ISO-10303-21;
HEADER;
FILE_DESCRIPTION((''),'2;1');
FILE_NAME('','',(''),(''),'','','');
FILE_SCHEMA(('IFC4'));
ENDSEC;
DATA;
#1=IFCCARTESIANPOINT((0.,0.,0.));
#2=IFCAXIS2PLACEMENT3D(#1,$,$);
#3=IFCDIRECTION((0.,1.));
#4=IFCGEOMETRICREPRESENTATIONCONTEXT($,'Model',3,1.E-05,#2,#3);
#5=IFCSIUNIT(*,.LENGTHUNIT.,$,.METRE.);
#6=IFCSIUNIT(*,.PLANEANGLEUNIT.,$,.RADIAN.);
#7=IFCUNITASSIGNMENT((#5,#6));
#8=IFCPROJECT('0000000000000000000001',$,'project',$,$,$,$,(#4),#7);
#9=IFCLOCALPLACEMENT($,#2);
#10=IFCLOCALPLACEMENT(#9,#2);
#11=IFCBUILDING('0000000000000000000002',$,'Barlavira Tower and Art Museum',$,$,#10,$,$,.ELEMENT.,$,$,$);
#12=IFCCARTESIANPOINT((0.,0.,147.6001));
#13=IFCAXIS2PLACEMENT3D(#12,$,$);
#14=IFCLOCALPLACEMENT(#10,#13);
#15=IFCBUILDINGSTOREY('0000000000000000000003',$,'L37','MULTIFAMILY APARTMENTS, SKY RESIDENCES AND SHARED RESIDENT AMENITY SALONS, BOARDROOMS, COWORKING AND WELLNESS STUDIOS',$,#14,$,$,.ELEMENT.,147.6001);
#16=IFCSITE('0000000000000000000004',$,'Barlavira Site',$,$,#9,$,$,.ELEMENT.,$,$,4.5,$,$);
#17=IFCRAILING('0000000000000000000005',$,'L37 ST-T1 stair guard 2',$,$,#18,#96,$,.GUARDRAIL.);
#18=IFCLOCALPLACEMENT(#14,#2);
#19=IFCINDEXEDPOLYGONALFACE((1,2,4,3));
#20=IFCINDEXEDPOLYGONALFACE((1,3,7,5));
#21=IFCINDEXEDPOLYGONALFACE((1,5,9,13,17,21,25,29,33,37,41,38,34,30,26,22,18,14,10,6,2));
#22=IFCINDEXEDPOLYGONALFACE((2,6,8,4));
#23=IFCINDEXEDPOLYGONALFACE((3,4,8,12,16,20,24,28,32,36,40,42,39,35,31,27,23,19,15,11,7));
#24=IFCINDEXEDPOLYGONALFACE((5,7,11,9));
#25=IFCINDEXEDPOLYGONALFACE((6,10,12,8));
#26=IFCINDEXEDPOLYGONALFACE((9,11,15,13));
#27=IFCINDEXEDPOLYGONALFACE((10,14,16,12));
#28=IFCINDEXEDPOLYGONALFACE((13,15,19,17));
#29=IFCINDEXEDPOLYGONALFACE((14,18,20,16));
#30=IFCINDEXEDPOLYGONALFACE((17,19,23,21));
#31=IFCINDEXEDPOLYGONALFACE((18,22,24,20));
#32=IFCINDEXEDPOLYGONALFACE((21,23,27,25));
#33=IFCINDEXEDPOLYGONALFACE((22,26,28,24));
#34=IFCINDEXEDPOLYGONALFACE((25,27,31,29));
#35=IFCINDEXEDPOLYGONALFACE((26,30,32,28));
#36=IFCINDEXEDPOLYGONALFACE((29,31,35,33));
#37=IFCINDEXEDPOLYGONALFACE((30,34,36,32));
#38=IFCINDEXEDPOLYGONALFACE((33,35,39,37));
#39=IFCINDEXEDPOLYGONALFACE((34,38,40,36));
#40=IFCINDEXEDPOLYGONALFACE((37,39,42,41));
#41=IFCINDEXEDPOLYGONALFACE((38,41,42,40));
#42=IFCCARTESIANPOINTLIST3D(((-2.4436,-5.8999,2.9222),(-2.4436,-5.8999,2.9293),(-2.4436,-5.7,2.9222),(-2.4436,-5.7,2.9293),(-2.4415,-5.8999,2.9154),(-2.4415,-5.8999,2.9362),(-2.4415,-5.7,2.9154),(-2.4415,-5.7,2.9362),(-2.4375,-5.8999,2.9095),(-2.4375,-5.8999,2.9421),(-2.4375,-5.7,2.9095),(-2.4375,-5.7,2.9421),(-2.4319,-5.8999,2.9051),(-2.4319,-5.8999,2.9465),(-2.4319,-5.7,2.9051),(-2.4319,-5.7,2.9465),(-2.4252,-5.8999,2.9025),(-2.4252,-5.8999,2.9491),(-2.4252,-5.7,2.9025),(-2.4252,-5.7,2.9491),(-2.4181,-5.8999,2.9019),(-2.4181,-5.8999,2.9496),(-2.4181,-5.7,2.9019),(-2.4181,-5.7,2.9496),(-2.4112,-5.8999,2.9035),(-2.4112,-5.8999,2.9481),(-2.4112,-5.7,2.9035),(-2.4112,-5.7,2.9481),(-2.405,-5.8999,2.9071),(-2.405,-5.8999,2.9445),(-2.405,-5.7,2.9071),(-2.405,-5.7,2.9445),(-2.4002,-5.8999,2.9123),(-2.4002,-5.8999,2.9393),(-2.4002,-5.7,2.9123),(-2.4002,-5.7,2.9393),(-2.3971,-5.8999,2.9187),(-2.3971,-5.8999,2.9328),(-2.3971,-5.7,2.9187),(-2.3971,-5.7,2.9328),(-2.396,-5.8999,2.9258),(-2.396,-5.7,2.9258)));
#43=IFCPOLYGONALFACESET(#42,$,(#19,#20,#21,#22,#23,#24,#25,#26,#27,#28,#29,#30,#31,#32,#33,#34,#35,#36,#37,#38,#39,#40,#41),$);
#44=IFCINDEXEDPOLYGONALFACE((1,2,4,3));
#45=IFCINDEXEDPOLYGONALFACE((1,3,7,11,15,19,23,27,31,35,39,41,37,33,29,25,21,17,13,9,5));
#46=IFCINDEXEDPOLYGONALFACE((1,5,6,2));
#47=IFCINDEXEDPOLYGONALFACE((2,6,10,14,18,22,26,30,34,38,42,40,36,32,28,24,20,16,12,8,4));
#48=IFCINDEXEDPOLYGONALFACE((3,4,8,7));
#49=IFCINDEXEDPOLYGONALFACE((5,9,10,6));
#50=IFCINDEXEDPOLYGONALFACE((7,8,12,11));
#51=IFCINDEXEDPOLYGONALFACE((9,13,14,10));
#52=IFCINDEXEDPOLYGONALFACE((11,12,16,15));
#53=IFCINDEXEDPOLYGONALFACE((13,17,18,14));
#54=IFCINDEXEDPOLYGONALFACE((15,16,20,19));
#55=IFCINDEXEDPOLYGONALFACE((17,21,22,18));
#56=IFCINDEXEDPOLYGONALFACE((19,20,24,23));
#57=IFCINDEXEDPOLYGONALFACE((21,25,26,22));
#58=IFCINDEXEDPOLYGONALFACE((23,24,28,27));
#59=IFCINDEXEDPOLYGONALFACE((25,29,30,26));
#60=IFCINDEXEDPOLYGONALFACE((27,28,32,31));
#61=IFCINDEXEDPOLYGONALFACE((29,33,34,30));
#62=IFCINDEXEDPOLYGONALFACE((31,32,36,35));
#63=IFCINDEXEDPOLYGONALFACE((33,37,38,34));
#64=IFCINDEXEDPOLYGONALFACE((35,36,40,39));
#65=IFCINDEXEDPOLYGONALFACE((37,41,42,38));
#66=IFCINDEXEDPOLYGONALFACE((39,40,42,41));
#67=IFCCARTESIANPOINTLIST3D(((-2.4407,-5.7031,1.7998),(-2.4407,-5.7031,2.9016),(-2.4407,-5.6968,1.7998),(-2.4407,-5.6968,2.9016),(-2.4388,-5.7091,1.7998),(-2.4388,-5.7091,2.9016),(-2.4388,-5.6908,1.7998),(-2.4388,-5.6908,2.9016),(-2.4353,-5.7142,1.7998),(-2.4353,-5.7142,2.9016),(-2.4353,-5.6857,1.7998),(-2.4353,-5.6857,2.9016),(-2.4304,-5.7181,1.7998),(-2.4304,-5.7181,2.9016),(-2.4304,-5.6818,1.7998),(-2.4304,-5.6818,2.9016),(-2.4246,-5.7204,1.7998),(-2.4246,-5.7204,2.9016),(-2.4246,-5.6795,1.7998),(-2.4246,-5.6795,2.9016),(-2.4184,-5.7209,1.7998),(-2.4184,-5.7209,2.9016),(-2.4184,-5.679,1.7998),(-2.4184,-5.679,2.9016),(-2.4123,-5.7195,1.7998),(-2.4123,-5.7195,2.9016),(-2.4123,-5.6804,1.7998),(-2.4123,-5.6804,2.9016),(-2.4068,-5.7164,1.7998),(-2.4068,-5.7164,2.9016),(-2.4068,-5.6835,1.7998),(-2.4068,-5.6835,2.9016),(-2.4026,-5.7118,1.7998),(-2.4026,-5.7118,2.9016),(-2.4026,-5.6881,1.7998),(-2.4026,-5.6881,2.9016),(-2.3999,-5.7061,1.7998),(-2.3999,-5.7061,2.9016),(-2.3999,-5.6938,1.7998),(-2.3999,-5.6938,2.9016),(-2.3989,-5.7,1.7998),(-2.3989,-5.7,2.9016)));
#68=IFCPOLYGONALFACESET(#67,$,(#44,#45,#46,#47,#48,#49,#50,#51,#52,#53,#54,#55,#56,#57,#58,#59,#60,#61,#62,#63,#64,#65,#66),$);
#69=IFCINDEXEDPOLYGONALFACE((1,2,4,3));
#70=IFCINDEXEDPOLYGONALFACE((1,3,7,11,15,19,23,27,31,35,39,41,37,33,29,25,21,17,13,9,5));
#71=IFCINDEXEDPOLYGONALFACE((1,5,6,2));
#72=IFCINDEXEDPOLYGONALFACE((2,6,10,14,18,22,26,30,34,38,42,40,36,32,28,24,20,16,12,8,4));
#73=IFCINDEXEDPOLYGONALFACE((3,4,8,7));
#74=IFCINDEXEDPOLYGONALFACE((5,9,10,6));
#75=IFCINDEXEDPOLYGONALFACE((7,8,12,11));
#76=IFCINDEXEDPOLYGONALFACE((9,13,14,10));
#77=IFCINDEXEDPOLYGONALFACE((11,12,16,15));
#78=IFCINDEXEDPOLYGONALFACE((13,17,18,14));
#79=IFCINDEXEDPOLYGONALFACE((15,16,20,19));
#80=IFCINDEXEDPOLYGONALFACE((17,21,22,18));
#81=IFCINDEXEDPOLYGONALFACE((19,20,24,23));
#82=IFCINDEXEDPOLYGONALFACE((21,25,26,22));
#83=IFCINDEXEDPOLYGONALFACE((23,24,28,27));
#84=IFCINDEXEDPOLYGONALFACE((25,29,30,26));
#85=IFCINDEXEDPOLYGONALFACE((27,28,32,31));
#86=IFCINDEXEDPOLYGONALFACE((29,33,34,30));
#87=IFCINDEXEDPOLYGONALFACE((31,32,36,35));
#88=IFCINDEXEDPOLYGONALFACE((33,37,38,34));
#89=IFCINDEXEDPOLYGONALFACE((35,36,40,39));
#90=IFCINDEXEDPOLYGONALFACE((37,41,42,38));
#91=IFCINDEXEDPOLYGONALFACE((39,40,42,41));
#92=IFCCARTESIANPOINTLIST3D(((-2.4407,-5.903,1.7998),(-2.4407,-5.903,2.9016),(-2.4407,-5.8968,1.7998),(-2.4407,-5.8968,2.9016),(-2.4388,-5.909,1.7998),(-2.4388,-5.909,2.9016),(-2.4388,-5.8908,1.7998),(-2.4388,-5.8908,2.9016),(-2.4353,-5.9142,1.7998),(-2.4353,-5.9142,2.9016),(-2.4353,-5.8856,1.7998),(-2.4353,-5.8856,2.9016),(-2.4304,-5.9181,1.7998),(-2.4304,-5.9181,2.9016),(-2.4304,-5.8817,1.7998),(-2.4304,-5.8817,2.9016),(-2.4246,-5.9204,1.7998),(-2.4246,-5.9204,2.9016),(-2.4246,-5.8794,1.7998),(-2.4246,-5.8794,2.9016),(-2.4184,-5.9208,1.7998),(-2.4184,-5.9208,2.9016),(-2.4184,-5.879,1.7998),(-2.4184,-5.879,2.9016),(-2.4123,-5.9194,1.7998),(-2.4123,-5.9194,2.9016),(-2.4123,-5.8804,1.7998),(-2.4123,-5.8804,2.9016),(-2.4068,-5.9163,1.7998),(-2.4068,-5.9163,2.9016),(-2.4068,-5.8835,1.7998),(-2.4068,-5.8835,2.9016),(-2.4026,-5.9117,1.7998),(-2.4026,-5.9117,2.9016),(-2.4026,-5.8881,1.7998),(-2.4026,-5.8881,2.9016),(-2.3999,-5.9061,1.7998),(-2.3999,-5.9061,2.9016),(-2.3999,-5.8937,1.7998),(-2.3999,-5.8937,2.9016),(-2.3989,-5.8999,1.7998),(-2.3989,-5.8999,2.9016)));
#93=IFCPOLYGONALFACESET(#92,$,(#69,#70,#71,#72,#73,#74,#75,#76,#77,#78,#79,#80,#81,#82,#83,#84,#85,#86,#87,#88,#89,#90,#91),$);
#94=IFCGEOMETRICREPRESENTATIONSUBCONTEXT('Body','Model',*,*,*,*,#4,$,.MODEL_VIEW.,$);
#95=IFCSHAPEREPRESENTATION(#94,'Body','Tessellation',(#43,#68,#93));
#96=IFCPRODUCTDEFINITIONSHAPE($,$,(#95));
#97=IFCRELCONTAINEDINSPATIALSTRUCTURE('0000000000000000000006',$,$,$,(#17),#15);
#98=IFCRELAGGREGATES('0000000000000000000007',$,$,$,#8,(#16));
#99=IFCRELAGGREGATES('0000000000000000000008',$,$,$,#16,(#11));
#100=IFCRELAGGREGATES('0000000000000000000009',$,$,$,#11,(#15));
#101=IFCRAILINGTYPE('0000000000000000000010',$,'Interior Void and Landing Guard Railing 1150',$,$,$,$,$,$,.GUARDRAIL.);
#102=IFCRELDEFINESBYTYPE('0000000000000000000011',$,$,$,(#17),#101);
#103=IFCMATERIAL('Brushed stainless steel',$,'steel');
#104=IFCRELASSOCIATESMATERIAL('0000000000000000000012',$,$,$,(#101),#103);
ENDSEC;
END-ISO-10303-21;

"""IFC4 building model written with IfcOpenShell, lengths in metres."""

from ifc_helpers import new_model, si_unit, direction, frame, origin, origin_2d, place, context, subcontext, project, spatial, circle, extrude, material, type_object, element, save


model = new_model("IFC4")

# Units and contexts
model_context = context("Model", 3, precision=1e-05, world=origin(), true_north=direction((0.0, 1.0)))
body_context = subcontext(model_context, "Body", "Model", "MODEL_VIEW")
ifc_project = project(units=[si_unit("LENGTHUNIT", "METRE"), si_unit("PLANEANGLEUNIT", "RADIAN")], contexts=[model_context])

# Site, building, storey
site_placement = place(None, origin())
site = spatial("IfcSite", under=ifc_project, at=site_placement, Name="Barlavira Site", CompositionType="ELEMENT", RefElevation=4.5)
building_placement = place(site_placement, origin())
building = spatial("IfcBuilding", under=site, at=building_placement, Name="Barlavira Tower and Art Museum", CompositionType="ELEMENT")
storey_placement = place(building_placement, frame((0.0, 0.0, 147.6001)))
storey = spatial("IfcBuildingStorey", under=building, at=storey_placement, Name="L37", Description="MULTIFAMILY APARTMENTS, SKY RESIDENCES AND SHARED RESIDENT AMENITY SALONS, BOARDROOMS, COWORKING AND WELLNESS STUDIOS", CompositionType="ELEMENT", Elevation=147.6001)

# Shared definitions
ifc_material_1 = material(Name="Brushed stainless steel", Category="steel")

# Railing
railing_type_1 = type_object("IfcRailingType", Name="Interior Void and Landing Guard Railing 1150", PredefinedType="GUARDRAIL", material=ifc_material_1)
railing_1_placement = place(storey_placement, frame((-2.4199, -5.7, 1.7998)))
element("IfcRailing", 1, at=railing_1_placement, inside=storey, type_object=railing_type_1, Name="L37 ST-T1 stair guard 2", PredefinedType="GUARDRAIL", context=body_context, shape_type="SweptSolid", body=[
    extrude(circle(Radius=0.0239, at=origin_2d()), frame((0.0, 0.0, 1.126), z_axis=(0.0, -1.0, 0.0), x_axis=(1.0, 0.0, 0.0)), (0.0, 0.0, 1.0), 0.2),
    extrude(circle(Radius=0.021, at=origin_2d()), origin(), (0.0, 0.0, 1.0), 1.1018),
    extrude(circle(Radius=0.021, at=origin_2d()), frame((0.0, -0.2, 0.0)), (0.0, 0.0, 1.0), 1.1018),
])

save(model, "model.ifc")
